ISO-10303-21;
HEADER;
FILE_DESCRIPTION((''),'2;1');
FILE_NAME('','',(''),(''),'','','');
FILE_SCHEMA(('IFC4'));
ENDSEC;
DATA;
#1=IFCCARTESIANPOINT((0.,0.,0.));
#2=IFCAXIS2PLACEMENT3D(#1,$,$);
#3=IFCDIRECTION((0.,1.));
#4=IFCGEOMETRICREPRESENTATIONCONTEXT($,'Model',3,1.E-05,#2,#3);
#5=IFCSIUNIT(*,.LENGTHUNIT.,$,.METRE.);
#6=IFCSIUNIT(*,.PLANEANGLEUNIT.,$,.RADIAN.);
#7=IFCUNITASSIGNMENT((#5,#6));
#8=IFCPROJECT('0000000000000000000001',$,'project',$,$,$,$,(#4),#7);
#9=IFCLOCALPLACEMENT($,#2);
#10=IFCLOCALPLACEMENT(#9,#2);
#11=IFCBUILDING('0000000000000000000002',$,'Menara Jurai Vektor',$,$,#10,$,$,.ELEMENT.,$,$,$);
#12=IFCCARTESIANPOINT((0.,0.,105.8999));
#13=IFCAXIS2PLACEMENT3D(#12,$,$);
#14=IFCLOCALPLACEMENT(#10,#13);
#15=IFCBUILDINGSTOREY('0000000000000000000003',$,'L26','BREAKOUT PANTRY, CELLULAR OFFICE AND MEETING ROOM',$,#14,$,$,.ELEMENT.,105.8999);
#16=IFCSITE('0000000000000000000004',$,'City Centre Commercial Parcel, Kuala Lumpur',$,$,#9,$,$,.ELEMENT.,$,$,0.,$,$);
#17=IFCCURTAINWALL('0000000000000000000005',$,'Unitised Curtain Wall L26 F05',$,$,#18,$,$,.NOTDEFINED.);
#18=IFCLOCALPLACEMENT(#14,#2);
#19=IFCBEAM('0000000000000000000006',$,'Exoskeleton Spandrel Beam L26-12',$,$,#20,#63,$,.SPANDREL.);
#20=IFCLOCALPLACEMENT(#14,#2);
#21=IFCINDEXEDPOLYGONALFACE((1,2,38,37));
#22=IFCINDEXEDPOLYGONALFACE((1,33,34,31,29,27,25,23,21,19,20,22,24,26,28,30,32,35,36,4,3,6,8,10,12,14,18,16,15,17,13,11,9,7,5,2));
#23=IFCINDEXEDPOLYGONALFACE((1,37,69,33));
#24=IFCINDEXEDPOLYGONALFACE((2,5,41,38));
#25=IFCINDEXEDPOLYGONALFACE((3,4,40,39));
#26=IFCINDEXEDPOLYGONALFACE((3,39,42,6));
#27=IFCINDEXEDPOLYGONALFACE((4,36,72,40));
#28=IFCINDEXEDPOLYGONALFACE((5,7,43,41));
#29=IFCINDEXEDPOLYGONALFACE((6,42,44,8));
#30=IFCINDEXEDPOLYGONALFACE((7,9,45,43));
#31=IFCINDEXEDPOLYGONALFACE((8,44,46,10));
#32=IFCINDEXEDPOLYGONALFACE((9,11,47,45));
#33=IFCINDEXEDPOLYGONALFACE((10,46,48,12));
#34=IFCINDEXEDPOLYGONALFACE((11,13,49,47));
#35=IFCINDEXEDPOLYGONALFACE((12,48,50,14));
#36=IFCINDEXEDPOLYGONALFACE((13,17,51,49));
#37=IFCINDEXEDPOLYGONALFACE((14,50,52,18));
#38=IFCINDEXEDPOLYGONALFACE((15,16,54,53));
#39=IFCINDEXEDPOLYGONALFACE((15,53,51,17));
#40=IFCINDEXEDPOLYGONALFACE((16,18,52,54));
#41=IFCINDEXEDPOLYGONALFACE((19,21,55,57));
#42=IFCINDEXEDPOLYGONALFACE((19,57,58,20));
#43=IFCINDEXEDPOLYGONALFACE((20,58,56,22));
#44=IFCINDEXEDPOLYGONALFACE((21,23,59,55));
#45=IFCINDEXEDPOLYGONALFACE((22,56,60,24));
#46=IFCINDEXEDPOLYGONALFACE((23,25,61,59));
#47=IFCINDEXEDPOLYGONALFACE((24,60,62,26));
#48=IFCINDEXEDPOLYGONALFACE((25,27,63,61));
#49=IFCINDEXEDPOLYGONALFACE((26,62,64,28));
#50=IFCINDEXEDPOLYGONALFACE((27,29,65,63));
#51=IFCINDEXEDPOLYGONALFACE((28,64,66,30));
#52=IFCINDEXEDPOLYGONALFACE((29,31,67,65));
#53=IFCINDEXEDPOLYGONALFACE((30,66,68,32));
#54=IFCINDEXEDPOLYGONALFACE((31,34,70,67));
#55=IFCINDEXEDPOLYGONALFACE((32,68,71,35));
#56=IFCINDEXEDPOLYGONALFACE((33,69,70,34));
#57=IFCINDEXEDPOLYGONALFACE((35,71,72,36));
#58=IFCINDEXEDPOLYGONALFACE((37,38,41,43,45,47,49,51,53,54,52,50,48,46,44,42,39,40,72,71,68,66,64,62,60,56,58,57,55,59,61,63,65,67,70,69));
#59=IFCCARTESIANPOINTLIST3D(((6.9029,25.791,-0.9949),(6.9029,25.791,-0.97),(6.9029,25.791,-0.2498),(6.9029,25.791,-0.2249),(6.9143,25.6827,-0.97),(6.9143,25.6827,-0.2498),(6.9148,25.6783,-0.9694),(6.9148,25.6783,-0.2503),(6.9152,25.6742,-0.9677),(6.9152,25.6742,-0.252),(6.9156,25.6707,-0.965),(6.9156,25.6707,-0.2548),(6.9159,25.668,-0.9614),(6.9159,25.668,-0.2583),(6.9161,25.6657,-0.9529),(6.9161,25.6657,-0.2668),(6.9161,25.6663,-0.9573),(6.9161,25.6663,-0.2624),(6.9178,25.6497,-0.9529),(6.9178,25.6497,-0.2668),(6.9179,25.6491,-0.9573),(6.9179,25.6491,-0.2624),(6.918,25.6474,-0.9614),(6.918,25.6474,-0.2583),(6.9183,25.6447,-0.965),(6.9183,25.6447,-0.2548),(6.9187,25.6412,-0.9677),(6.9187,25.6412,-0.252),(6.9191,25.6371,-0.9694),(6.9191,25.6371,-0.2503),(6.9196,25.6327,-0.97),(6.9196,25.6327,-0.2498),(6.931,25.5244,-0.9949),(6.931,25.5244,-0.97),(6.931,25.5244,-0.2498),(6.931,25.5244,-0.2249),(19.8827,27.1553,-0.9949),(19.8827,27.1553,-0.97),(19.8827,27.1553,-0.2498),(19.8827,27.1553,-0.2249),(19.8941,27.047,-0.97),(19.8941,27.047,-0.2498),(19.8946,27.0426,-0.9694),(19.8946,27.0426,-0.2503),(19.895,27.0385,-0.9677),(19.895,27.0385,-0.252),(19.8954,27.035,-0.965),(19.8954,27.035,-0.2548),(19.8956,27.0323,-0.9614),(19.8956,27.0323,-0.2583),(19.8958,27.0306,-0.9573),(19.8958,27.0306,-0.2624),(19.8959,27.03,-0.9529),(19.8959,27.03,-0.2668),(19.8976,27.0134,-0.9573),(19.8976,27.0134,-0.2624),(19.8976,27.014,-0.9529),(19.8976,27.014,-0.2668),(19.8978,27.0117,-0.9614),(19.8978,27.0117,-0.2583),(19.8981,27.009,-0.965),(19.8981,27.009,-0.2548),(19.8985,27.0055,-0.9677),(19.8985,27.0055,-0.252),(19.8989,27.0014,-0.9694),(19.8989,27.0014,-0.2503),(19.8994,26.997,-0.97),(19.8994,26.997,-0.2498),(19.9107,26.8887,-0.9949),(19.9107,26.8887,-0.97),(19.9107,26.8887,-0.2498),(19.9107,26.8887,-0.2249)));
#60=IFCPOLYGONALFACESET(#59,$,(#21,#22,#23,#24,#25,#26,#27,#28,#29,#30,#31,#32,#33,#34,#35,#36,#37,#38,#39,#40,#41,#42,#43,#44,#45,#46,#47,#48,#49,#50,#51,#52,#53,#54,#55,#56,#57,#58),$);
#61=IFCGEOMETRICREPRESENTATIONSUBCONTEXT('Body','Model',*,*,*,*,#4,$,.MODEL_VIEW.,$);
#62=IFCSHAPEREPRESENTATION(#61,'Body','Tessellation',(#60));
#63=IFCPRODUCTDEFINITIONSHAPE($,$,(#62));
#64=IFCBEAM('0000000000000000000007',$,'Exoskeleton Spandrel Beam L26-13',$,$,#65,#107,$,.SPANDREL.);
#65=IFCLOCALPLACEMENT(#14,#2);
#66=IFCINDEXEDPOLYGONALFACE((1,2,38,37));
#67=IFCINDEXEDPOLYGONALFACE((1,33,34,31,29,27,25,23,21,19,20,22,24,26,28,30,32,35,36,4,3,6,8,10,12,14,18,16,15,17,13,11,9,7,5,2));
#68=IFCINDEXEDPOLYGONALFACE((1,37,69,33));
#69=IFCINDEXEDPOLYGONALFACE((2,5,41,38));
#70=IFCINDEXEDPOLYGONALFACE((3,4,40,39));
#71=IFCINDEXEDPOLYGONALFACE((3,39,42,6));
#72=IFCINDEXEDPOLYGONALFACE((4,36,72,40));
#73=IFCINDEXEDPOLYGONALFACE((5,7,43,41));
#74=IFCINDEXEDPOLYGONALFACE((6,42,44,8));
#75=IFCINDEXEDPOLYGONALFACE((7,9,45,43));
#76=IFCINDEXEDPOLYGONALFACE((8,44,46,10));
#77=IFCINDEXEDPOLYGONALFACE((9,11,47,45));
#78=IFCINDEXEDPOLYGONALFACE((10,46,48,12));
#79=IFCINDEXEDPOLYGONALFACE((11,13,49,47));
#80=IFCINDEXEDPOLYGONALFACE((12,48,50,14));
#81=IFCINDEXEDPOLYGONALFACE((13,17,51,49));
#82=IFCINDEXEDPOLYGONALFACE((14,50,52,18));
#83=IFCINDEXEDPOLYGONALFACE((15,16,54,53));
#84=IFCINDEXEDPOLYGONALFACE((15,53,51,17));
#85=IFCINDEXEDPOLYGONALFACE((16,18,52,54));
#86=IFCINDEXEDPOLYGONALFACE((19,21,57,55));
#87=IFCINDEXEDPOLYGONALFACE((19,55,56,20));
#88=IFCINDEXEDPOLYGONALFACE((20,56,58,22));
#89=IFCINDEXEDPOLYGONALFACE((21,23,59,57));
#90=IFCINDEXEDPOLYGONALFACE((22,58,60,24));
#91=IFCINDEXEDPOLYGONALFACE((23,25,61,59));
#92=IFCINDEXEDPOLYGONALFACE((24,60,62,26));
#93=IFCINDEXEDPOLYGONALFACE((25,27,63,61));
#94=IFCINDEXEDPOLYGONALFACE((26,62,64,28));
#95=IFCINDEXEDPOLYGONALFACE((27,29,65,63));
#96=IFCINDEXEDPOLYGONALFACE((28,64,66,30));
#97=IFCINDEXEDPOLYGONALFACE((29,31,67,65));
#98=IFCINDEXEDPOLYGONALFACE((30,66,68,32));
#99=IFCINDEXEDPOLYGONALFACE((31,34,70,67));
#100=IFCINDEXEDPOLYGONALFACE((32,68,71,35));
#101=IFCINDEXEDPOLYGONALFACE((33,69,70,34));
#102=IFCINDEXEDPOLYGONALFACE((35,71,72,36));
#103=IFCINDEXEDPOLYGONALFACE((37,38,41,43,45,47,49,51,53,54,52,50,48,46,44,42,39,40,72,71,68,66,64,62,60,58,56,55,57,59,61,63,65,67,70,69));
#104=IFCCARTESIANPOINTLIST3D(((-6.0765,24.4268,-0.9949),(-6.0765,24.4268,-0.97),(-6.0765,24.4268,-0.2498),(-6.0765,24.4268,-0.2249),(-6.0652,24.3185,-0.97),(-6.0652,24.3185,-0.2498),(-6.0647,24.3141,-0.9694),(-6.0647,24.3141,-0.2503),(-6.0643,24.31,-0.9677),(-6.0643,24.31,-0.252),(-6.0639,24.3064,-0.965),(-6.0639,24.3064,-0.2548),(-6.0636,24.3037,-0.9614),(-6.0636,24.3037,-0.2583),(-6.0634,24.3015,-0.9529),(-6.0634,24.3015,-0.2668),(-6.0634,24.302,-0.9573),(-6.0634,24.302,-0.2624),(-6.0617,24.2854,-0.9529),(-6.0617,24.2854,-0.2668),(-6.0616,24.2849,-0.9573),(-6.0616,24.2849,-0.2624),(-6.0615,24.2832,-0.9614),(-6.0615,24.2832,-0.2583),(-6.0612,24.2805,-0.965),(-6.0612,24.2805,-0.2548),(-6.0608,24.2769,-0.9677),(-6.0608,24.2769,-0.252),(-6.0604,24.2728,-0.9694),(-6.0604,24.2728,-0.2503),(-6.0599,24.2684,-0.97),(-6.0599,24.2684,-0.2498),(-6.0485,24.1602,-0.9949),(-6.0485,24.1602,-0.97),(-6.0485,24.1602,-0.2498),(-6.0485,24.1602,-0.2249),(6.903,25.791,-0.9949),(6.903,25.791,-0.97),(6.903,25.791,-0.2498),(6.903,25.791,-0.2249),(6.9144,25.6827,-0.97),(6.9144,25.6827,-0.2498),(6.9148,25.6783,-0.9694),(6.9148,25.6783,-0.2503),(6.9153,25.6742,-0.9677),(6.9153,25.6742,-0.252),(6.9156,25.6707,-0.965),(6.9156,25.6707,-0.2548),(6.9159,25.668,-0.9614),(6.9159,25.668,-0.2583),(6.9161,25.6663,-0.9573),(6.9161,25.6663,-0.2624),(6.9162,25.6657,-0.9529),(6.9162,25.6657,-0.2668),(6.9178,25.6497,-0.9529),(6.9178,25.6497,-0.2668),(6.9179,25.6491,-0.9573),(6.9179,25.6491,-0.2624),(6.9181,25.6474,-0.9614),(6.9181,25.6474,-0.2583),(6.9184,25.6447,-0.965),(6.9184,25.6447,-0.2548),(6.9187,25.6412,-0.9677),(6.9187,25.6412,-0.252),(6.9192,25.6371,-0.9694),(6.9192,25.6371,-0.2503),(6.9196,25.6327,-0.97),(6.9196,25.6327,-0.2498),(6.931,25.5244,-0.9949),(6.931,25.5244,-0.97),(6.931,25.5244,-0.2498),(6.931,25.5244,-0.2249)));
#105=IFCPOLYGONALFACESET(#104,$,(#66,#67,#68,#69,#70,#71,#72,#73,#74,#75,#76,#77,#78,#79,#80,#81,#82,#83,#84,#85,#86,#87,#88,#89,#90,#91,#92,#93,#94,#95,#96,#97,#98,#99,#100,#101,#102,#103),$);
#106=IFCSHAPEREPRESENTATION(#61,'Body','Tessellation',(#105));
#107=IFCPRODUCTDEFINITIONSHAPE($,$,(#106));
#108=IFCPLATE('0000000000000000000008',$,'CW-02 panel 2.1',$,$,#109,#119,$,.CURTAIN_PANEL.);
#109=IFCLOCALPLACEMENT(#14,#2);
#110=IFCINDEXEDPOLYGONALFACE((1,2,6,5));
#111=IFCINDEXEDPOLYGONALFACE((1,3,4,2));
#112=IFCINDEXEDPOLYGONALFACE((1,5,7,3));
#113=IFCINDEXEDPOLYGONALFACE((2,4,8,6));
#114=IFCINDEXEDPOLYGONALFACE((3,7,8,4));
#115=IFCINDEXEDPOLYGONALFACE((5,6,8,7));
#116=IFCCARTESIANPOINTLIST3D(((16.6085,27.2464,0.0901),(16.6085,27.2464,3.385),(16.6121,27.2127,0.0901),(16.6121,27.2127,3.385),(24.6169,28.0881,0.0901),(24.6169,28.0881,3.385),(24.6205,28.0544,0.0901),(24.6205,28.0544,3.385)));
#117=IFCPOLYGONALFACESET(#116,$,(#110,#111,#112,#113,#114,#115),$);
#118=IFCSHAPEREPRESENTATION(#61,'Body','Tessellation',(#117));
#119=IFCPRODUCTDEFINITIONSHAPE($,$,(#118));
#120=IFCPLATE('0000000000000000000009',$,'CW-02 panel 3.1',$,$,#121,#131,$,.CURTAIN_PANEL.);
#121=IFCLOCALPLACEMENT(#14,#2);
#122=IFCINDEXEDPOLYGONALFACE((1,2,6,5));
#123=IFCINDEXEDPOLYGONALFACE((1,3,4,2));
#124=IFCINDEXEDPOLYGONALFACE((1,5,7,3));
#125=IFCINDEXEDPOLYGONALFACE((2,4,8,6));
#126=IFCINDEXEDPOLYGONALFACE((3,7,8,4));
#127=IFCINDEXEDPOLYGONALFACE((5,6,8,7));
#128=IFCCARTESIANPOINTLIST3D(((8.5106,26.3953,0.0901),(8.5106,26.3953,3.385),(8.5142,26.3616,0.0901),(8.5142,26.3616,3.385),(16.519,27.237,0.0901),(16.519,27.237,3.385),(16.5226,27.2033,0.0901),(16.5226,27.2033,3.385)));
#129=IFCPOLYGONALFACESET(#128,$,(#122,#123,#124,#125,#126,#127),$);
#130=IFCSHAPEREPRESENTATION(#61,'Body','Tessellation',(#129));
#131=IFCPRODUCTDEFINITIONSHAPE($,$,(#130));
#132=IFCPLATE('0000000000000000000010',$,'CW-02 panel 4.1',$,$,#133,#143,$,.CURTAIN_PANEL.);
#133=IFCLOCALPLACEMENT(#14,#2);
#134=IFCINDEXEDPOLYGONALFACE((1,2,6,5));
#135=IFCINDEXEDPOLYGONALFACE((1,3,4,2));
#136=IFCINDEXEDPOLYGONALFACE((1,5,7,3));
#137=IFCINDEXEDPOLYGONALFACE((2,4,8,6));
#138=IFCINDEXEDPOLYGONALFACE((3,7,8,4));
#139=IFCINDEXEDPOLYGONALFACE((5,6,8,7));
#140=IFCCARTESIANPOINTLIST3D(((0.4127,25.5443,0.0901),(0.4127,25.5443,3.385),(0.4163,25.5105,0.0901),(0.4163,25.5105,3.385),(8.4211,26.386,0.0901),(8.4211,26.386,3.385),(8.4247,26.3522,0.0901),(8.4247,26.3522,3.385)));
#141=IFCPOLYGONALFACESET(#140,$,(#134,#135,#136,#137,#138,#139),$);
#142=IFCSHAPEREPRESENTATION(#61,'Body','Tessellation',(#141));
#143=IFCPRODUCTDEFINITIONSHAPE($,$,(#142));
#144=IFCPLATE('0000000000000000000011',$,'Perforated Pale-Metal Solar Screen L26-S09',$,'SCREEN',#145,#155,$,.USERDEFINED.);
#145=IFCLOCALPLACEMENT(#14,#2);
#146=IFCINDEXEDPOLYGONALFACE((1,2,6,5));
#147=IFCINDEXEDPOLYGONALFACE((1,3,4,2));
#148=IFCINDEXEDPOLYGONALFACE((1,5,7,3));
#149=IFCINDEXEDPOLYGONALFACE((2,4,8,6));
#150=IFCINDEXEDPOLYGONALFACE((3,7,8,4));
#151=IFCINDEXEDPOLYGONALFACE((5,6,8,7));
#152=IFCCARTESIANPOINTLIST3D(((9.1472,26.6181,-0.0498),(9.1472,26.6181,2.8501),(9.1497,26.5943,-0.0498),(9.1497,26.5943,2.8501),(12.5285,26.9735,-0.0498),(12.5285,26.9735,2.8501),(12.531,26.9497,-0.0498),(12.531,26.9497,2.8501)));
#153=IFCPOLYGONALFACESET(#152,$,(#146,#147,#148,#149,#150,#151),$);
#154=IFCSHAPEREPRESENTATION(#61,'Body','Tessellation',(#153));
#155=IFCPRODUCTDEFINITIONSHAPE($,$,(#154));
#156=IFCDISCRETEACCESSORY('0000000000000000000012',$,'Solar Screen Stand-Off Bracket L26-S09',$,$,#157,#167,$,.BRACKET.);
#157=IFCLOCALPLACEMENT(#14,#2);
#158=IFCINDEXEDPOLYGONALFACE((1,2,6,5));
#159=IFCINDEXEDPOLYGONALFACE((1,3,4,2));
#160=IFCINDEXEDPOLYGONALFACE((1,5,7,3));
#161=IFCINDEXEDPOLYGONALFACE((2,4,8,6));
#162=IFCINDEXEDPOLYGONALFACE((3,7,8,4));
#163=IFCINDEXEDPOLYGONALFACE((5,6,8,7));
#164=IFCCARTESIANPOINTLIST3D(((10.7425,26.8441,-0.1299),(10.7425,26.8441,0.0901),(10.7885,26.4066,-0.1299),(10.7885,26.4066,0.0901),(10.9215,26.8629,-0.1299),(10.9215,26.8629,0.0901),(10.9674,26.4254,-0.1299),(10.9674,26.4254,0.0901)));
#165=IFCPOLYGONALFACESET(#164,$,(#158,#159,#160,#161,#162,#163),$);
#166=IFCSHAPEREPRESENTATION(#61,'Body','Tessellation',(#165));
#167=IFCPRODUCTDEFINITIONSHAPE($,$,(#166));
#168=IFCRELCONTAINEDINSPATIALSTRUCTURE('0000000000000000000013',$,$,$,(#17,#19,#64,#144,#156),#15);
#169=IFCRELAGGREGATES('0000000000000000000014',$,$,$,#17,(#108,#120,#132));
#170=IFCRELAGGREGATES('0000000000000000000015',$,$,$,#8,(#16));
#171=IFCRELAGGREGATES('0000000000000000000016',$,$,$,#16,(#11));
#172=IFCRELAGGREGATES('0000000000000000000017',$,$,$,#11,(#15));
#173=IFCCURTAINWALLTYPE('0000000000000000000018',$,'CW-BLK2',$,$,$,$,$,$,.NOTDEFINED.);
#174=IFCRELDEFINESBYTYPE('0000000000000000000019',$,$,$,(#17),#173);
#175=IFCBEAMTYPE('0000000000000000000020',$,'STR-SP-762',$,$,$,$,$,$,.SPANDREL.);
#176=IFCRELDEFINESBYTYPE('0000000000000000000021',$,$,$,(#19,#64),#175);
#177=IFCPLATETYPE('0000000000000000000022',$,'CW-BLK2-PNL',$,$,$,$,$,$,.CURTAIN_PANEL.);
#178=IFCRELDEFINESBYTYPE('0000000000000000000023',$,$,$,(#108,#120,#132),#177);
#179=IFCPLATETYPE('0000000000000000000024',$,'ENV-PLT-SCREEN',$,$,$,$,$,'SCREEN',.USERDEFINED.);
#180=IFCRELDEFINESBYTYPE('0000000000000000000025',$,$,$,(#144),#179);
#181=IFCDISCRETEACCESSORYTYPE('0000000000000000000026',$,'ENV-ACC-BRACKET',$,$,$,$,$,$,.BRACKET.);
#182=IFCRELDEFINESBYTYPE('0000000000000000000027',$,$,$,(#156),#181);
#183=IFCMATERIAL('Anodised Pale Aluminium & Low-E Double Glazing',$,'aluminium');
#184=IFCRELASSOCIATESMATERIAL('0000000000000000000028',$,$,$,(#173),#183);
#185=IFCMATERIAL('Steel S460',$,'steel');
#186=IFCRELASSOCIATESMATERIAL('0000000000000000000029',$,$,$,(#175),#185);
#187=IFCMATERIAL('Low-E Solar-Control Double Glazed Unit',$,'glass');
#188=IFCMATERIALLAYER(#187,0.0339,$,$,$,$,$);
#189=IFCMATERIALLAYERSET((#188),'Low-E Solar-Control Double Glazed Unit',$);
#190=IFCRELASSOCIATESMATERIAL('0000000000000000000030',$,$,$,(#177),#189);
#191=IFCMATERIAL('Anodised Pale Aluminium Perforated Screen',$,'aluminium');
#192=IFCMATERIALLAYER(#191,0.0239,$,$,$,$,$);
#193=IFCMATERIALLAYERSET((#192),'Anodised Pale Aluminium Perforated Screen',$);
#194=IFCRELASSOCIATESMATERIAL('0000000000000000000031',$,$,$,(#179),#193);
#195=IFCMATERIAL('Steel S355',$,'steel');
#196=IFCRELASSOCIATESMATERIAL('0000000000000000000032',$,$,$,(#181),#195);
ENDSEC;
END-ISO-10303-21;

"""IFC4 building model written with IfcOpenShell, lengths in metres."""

from ifc_helpers import new_model, si_unit, direction, frame, origin, origin_2d, place, context, subcontext, project, spatial, rectangle, i_section, extrude, material, layer, layer_set, material_profile, profile_set, type_object, element, aggregate, save


model = new_model("IFC4")

# Units and contexts
model_context = context("Model", 3, precision=1e-05, world=origin(), true_north=direction((0.0, 1.0)))
body_context = subcontext(model_context, "Body", "Model", "MODEL_VIEW")
ifc_project = project(units=[si_unit("LENGTHUNIT", "METRE"), si_unit("PLANEANGLEUNIT", "RADIAN")], contexts=[model_context])

# Site, building, storey
site_placement = place(None, origin())
site = spatial("IfcSite", under=ifc_project, at=site_placement, Name="City Centre Commercial Parcel, Kuala Lumpur", CompositionType="ELEMENT", RefElevation=0.0)
building_placement = place(site_placement, origin())
building = spatial("IfcBuilding", under=site, at=building_placement, Name="Menara Jurai Vektor", CompositionType="ELEMENT")
storey_placement = place(building_placement, frame((0.0, 0.0, 105.8999)))
storey = spatial("IfcBuildingStorey", under=building, at=storey_placement, Name="L26", Description="BREAKOUT PANTRY, CELLULAR OFFICE AND MEETING ROOM", CompositionType="ELEMENT", Elevation=105.8999)

# Shared definitions
ifc_material_1 = material(Name="Steel S460", Category="steel")

# Curtain wall
ifc_material_2 = material(Name="Anodised Pale Aluminium & Low-E Double Glazing", Category="aluminium")
curtain_wall_type = type_object("IfcCurtainWallType", Name="CW-BLK2", PredefinedType="NOTDEFINED", material=ifc_material_2)
curtain_wall_placement = place(storey_placement, origin())
curtain_wall = element("IfcCurtainWall", 1, at=curtain_wall_placement, inside=storey, type_object=curtain_wall_type, Name="Unitised Curtain Wall L26 F05", PredefinedType="NOTDEFINED")

# Beams
ifc_material_3 = material(Name="Steel S355", Category="steel")
ifc_material_profile_1 = material_profile(ifc_material_1, i_section(OverallWidth=0.2681, OverallDepth=0.77, WebThickness=0.0161, FlangeThickness=0.0249, FilletRadius=0.0171, at=origin_2d()), Name="UKB 762x267x197")
ifc_profile_set_1 = profile_set([ifc_material_profile_1], Name="Steel S460")
beam_type_1 = type_object("IfcBeamType", Name="STR-SP-762", PredefinedType="SPANDREL", material=ifc_profile_set_1)
beam_1_placement = place(storey_placement, frame((19.8967, 27.022, -0.6099), z_axis=(-0.994522, -0.104531, 0.0), x_axis=(0.104531, -0.994522, 0.0)))
element("IfcBeam", 2, at=beam_1_placement, inside=storey, type_object=beam_type_1, Name="Exoskeleton Spandrel Beam L26-12", PredefinedType="SPANDREL", context=body_context, shape_type="SweptSolid", body=[
    extrude(i_section(OverallWidth=0.2681, OverallDepth=0.77, WebThickness=0.0161, FlangeThickness=0.0249, FilletRadius=0.0171, at=origin_2d()), origin(), (0.0, 0.0, 1.0), 13.0513),
])
beam_2_placement = place(storey_placement, frame((6.917, 25.6577, -0.6099), z_axis=(-0.994521, -0.104533, 0.0), x_axis=(0.104533, -0.994521, 0.0)))
element("IfcBeam", 3, at=beam_2_placement, inside=storey, type_object=beam_type_1, Name="Exoskeleton Spandrel Beam L26-13", PredefinedType="SPANDREL", context=body_context, shape_type="SweptSolid", body=[
    extrude(i_section(OverallWidth=0.2681, OverallDepth=0.77, WebThickness=0.0161, FlangeThickness=0.0249, FilletRadius=0.0171, at=origin_2d()), origin(), (0.0, 0.0, 1.0), 13.051),
])

# Plates
ifc_material_4 = material(Name="Low-E Solar-Control Double Glazed Unit", Category="glass")
ifc_layer_1 = layer(ifc_material_4, 0.0339)
ifc_layer_set_1 = layer_set([ifc_layer_1], Name="Low-E Solar-Control Double Glazed Unit")
plate_type_1 = type_object("IfcPlateType", Name="CW-BLK2-PNL", PredefinedType="CURTAIN_PANEL", material=ifc_layer_set_1)
plate_1_placement = place(storey_placement, frame((20.6145, 27.6504, 0.0901), z_axis=(0.0, 0.0, 1.0), x_axis=(-0.994522, -0.104529, 0.0)))
plate_1 = element("IfcPlate", 4, at=plate_1_placement, type_object=plate_type_1, Name="CW-02 panel 2.1", PredefinedType="CURTAIN_PANEL", context=body_context, shape_type="SweptSolid", body=[
    extrude(rectangle(XDim=8.0525, YDim=0.0339, at=origin_2d()), origin(), (0.0, 0.0, 1.0), 3.2949),
])
plate_2_placement = place(storey_placement, frame((12.5166, 26.7993, 0.0901), z_axis=(0.0, 0.0, 1.0), x_axis=(-0.994522, -0.104529, 0.0)))
plate_2 = element("IfcPlate", 5, at=plate_2_placement, type_object=plate_type_1, Name="CW-02 panel 3.1", PredefinedType="CURTAIN_PANEL", context=body_context, shape_type="SweptSolid", body=[
    extrude(rectangle(XDim=8.0525, YDim=0.0339, at=origin_2d()), origin(), (0.0, 0.0, 1.0), 3.2949),
])
plate_3_placement = place(storey_placement, frame((4.4187, 25.9482, 0.0901), z_axis=(0.0, 0.0, 1.0), x_axis=(-0.994522, -0.104529, 0.0)))
plate_3 = element("IfcPlate", 6, at=plate_3_placement, type_object=plate_type_1, Name="CW-02 panel 4.1", PredefinedType="CURTAIN_PANEL", context=body_context, shape_type="SweptSolid", body=[
    extrude(rectangle(XDim=8.0525, YDim=0.0339, at=origin_2d()), origin(), (0.0, 0.0, 1.0), 3.2949),
])
aggregate(curtain_wall, [plate_1, plate_2, plate_3])
ifc_material_5 = material(Name="Anodised Pale Aluminium Perforated Screen", Category="aluminium")
ifc_layer_2 = layer(ifc_material_5, 0.0239)
ifc_layer_set_2 = layer_set([ifc_layer_2], Name="Anodised Pale Aluminium Perforated Screen")
plate_type_2 = type_object("IfcPlateType", Name="ENV-PLT-SCREEN", ElementType="SCREEN", PredefinedType="USERDEFINED", material=ifc_layer_set_2)
plate_4_placement = place(storey_placement, frame((10.8391, 26.7839, -0.0498), z_axis=(0.0, 0.0, 1.0), x_axis=(-0.994522, -0.104528, 0.0)))
element("IfcPlate", 7, at=plate_4_placement, inside=storey, type_object=plate_type_2, Name="Perforated Pale-Metal Solar Screen L26-S09", ObjectType="SCREEN", PredefinedType="USERDEFINED", context=body_context, shape_type="SweptSolid", body=[
    extrude(rectangle(XDim=3.3999, YDim=0.0239, at=origin_2d()), origin(), (0.0, 0.0, 1.0), 2.8999),
])

# Discrete accessory
discrete_accessory_type = type_object("IfcDiscreteAccessoryType", Name="ENV-ACC-BRACKET", PredefinedType="BRACKET", material=ifc_material_3)
discrete_accessory_placement = place(storey_placement, frame((10.855, 26.6348, -0.1299), z_axis=(0.0, 0.0, 1.0), x_axis=(-0.994522, -0.104528, 0.0)))
element("IfcDiscreteAccessory", 8, at=discrete_accessory_placement, inside=storey, type_object=discrete_accessory_type, Name="Solar Screen Stand-Off Bracket L26-S09", PredefinedType="BRACKET", context=body_context, shape_type="SweptSolid", body=[
    extrude(rectangle(XDim=0.1799, YDim=0.4399, at=origin_2d()), origin(), (0.0, 0.0, 1.0), 0.22),
])

save(model, "model.ifc")
